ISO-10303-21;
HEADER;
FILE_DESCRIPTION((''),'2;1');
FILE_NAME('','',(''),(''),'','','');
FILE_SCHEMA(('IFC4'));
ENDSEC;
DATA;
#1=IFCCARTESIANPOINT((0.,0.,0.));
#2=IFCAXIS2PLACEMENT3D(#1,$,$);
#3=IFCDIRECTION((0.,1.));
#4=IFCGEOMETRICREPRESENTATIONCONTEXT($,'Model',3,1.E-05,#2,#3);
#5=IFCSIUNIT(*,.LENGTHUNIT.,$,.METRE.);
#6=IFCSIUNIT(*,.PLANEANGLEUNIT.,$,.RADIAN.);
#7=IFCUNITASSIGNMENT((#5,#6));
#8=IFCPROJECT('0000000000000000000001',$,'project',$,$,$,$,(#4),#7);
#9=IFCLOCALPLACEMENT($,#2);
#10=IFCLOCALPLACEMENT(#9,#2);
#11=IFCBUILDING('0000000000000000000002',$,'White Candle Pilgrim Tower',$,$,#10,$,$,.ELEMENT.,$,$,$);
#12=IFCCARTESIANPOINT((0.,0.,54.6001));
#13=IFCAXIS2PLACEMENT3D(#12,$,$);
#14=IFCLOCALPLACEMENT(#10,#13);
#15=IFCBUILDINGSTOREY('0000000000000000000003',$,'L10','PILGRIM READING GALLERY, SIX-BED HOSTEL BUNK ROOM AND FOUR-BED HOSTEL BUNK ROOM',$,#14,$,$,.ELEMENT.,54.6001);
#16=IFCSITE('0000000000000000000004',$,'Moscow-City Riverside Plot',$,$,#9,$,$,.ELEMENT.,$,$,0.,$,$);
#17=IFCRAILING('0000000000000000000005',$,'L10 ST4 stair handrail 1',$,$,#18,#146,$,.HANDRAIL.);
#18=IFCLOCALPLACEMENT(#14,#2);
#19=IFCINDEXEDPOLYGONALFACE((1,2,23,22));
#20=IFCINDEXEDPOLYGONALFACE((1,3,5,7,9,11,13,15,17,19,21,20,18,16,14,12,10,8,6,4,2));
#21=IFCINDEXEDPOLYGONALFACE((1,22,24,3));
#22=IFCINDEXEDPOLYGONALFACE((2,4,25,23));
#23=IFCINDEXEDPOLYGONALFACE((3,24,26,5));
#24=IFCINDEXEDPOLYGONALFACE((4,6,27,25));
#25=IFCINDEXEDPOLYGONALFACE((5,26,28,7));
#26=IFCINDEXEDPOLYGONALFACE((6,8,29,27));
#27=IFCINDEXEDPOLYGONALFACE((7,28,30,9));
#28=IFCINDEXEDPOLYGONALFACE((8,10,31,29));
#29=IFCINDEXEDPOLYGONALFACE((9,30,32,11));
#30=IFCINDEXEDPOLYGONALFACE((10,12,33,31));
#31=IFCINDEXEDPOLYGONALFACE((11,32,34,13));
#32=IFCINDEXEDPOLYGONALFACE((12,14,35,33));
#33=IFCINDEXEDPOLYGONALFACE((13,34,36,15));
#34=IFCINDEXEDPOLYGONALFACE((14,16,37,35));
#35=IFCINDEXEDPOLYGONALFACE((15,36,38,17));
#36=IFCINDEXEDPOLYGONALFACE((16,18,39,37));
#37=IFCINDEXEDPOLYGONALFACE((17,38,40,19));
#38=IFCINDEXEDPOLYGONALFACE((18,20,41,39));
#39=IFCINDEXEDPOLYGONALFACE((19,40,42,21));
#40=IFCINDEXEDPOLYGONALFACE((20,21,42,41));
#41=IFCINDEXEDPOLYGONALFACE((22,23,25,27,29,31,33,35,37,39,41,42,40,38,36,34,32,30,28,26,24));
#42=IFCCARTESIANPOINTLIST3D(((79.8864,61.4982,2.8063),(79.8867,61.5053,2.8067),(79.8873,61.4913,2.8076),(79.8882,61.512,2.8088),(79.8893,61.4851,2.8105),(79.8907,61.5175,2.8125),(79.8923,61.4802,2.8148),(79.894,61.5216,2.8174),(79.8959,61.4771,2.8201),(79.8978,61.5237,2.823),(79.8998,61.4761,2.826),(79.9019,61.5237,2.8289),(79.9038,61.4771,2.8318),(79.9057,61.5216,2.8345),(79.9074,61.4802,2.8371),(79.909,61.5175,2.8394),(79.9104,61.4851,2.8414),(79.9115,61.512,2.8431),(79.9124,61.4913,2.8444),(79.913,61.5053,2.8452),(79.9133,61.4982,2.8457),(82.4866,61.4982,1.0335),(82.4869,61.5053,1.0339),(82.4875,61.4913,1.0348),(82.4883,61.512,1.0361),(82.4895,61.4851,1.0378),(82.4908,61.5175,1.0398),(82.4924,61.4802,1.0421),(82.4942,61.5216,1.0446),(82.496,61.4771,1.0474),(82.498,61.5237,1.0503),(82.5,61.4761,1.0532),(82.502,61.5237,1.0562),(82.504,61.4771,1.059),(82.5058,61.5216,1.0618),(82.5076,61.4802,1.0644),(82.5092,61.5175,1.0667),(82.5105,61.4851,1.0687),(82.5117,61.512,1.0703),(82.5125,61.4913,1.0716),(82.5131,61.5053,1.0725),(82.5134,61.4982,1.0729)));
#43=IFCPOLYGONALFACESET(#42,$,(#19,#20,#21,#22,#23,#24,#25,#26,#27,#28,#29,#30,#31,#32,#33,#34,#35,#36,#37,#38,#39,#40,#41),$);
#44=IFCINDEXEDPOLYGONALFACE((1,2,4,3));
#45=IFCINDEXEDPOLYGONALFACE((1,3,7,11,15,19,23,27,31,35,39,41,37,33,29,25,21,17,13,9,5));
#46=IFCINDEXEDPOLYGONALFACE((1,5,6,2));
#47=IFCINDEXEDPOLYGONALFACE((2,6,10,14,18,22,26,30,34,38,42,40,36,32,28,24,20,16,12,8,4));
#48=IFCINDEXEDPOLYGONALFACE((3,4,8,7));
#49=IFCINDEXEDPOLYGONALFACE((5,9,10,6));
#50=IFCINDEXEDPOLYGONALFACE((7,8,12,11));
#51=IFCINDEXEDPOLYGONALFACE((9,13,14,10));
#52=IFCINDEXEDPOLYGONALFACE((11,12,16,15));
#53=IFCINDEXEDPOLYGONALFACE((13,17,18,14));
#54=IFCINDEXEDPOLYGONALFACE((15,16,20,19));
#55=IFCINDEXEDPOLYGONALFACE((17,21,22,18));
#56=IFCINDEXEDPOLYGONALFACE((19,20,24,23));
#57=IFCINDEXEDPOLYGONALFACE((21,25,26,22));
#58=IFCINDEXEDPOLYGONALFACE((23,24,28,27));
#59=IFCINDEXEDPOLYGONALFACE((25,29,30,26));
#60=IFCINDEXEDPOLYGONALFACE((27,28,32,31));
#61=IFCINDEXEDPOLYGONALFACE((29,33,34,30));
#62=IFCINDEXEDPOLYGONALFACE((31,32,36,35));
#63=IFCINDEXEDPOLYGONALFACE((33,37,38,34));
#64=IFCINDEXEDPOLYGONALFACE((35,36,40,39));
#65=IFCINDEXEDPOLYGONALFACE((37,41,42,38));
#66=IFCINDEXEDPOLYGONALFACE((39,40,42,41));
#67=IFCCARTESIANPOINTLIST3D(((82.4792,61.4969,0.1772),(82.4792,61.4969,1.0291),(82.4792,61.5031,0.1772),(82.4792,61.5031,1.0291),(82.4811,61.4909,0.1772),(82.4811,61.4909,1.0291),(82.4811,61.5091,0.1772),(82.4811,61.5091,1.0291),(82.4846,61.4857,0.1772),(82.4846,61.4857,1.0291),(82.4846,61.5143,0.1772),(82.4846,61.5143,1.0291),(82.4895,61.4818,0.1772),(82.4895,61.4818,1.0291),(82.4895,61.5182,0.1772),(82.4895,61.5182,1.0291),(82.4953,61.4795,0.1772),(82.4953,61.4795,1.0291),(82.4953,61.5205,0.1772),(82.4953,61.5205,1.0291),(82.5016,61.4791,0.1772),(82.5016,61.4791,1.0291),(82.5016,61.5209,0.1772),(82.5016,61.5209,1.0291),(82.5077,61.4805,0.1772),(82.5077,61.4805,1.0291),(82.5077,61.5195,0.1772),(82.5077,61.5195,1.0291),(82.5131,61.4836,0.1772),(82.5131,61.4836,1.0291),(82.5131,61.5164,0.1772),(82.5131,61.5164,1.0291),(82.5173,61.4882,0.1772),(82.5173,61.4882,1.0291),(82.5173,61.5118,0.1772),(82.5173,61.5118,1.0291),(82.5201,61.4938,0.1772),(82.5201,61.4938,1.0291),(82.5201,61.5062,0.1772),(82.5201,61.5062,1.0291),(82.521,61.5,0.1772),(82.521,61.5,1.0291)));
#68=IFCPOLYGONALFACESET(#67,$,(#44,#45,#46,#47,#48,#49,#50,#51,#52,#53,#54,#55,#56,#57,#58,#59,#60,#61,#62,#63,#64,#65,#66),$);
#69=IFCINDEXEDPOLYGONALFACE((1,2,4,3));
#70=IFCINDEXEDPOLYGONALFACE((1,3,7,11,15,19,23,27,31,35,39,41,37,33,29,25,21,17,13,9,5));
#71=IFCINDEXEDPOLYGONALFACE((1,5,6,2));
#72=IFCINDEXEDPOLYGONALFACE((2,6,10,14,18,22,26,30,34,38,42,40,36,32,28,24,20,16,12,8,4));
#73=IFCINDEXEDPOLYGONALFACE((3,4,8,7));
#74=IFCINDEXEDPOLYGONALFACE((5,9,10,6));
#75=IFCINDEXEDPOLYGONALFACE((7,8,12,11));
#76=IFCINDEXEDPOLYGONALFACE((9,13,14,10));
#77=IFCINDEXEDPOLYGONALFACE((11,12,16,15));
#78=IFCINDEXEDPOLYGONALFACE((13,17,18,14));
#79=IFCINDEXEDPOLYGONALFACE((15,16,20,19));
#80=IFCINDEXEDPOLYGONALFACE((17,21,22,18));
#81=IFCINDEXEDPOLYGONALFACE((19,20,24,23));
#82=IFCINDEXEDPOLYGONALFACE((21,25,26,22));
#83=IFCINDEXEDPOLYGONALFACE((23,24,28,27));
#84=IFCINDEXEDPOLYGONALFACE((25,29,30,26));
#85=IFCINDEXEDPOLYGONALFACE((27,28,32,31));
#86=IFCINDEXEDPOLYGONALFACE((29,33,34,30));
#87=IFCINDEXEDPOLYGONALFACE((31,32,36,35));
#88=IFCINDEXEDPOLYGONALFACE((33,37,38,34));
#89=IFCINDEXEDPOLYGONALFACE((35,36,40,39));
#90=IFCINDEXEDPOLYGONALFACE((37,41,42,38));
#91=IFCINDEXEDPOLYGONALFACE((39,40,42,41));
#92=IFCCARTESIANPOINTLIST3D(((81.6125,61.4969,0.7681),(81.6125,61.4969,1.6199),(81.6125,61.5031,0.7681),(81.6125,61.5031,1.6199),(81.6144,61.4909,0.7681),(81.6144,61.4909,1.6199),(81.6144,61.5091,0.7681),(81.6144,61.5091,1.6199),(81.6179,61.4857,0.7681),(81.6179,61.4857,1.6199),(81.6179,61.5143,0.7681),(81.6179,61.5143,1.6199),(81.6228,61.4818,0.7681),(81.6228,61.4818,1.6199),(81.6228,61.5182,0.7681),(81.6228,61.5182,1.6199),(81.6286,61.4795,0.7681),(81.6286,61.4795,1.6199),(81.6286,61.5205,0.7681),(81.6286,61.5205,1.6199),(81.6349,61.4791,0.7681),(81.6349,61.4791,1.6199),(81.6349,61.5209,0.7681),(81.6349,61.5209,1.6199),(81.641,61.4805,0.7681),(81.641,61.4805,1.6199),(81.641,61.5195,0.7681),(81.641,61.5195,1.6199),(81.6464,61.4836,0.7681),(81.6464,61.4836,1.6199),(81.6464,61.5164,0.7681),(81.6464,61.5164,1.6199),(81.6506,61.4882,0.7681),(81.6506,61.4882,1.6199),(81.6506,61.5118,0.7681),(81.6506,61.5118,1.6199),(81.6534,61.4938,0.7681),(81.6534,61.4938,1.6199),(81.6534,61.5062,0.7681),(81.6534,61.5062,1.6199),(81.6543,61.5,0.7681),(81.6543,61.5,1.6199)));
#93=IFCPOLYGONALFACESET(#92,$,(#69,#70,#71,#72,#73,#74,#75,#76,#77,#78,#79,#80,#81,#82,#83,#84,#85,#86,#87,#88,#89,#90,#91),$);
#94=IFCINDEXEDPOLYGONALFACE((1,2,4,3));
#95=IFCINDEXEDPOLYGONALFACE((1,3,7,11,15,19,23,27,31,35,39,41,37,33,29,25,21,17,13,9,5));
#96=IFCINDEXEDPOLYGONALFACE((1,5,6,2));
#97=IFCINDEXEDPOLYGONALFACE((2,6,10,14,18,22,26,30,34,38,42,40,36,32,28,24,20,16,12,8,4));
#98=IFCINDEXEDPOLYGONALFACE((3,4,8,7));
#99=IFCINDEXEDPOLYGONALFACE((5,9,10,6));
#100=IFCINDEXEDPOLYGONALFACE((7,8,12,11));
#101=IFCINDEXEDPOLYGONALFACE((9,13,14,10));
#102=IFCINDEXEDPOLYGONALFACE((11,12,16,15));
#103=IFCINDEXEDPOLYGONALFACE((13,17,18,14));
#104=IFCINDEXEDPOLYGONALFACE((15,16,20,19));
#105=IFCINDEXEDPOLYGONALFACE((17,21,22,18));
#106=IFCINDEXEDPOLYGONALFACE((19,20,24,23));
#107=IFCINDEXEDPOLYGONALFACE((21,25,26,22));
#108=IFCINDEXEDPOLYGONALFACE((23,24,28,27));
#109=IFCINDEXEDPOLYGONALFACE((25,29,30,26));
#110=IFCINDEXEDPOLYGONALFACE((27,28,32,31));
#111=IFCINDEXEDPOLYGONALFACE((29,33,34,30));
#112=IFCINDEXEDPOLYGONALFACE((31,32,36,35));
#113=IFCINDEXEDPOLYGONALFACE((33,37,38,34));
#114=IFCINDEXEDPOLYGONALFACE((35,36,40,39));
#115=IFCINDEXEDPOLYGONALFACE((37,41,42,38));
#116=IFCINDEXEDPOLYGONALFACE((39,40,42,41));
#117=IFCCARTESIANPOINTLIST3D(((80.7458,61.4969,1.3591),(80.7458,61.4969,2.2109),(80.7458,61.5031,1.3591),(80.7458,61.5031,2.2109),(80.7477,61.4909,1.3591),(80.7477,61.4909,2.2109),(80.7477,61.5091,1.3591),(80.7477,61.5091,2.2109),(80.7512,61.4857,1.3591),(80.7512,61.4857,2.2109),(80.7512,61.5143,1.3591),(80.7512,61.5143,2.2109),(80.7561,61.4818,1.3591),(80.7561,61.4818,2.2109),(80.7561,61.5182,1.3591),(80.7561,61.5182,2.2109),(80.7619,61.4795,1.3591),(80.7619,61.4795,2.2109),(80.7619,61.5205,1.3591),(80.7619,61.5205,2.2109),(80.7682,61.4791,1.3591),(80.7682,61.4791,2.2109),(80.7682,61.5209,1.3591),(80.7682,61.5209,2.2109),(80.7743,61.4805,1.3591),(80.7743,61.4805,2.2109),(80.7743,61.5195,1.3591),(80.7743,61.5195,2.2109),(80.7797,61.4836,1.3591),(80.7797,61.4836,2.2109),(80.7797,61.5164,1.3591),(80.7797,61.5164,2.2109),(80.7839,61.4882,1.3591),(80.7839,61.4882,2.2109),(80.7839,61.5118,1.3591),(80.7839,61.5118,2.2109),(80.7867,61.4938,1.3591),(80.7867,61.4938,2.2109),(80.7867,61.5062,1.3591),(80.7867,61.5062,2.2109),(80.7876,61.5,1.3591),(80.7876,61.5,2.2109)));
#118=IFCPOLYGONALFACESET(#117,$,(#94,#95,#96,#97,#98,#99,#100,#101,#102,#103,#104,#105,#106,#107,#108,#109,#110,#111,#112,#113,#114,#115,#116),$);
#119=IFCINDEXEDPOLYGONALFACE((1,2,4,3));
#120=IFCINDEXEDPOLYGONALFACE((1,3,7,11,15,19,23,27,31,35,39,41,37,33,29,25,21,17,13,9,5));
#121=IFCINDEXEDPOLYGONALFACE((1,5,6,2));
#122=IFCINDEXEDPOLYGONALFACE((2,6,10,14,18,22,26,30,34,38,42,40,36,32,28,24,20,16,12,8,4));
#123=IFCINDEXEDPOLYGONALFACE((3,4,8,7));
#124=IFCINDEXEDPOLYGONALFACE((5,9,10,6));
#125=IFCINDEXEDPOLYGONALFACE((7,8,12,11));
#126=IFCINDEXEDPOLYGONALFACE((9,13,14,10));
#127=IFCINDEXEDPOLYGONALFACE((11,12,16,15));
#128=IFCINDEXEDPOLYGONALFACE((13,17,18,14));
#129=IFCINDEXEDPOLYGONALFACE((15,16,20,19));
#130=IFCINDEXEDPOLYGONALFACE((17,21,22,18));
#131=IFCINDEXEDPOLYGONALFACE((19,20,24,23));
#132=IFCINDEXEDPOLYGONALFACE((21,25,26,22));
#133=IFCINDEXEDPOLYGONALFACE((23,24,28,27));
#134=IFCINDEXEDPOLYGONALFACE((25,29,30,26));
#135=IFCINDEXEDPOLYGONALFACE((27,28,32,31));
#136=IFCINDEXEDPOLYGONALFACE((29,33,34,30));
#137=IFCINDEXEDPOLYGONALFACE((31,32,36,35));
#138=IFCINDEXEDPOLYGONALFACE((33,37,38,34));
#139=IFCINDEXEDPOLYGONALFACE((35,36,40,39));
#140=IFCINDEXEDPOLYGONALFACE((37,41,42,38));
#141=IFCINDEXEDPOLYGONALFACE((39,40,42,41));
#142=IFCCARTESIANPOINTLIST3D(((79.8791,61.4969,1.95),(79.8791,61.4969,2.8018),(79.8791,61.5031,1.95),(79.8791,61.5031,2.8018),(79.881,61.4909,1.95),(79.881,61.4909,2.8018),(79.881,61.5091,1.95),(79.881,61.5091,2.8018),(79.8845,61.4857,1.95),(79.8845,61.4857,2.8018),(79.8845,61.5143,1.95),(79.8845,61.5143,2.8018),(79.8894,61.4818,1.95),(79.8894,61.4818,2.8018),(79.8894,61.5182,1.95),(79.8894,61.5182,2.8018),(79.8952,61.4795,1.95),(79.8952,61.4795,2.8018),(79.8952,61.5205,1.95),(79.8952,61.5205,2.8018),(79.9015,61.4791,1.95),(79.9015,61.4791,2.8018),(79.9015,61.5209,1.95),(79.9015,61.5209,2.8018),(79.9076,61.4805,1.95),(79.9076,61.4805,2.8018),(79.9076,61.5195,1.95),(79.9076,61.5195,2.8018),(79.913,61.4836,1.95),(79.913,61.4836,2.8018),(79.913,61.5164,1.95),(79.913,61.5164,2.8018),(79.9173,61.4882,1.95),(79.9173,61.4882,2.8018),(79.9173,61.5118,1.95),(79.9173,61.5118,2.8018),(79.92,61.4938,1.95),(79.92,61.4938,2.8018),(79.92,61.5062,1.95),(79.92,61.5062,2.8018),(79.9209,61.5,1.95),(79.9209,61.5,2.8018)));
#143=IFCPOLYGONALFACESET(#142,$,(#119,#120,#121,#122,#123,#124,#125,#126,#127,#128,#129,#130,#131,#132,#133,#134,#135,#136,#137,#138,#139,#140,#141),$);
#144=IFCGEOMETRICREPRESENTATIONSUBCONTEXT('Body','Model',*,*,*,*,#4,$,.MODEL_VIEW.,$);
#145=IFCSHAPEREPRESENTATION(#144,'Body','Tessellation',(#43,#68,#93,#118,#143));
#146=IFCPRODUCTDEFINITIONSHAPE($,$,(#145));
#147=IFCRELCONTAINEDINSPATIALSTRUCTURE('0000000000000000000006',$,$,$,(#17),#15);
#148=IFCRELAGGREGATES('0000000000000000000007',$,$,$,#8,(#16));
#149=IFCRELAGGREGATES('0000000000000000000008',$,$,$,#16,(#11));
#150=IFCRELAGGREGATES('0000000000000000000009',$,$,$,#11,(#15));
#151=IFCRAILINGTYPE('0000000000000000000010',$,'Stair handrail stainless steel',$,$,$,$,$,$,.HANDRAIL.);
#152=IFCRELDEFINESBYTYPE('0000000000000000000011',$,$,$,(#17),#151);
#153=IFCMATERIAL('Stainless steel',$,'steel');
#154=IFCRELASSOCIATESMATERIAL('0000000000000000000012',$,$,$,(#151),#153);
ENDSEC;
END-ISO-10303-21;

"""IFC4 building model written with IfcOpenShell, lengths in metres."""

from ifc_helpers import new_model, si_unit, direction, frame, origin, origin_2d, place, context, subcontext, project, spatial, circle, extrude, material, type_object, element, save


model = new_model("IFC4")

# Units and contexts
model_context = context("Model", 3, precision=1e-05, world=origin(), true_north=direction((0.0, 1.0)))
body_context = subcontext(model_context, "Body", "Model", "MODEL_VIEW")
ifc_project = project(units=[si_unit("LENGTHUNIT", "METRE"), si_unit("PLANEANGLEUNIT", "RADIAN")], contexts=[model_context])

# Site, building, storey
site_placement = place(None, origin())
site = spatial("IfcSite", under=ifc_project, at=site_placement, Name="Moscow-City Riverside Plot", CompositionType="ELEMENT", RefElevation=0.0)
building_placement = place(site_placement, origin())
building = spatial("IfcBuilding", under=site, at=building_placement, Name="White Candle Pilgrim Tower", CompositionType="ELEMENT")
storey_placement = place(building_placement, frame((0.0, 0.0, 54.6001)))
storey = spatial("IfcBuildingStorey", under=building, at=storey_placement, Name="L10", Description="PILGRIM READING GALLERY, SIX-BED HOSTEL BUNK ROOM AND FOUR-BED HOSTEL BUNK ROOM", CompositionType="ELEMENT", Elevation=54.6001)

# Railing
ifc_material_1 = material(Name="Stainless steel", Category="steel")
railing_type_1 = type_object("IfcRailingType", Name="Stair handrail stainless steel", PredefinedType="HANDRAIL", material=ifc_material_1)
railing_1_placement = place(storey_placement, frame((82.5, 61.5, 0.1772)))
element("IfcRailing", 1, at=railing_1_placement, inside=storey, type_object=railing_type_1, Name="L10 ST4 stair handrail 1", PredefinedType="HANDRAIL", context=body_context, shape_type="SweptSolid", body=[
    extrude(circle(Radius=0.0239, at=origin_2d()), frame((0.0, 0.0, 0.876), z_axis=(-0.82624, 0.0, 0.563318), x_axis=(0.0, -1.0, 0.0)), (0.0, 0.0, 1.0), 3.147),
    extrude(circle(Radius=0.021, at=origin_2d()), origin(), (0.0, 0.0, 1.0), 0.8518),
    extrude(circle(Radius=0.021, at=origin_2d()), frame((-0.8667, 0.0, 0.5908)), (0.0, 0.0, 1.0), 0.8518),
    extrude(circle(Radius=0.021, at=origin_2d()), frame((-1.7334, 0.0, 1.1819)), (0.0, 0.0, 1.0), 0.8518),
    extrude(circle(Radius=0.021, at=origin_2d()), frame((-2.6001, 0.0, 1.7727)), (0.0, 0.0, 1.0), 0.8518),
])

save(model, "model.ifc")
